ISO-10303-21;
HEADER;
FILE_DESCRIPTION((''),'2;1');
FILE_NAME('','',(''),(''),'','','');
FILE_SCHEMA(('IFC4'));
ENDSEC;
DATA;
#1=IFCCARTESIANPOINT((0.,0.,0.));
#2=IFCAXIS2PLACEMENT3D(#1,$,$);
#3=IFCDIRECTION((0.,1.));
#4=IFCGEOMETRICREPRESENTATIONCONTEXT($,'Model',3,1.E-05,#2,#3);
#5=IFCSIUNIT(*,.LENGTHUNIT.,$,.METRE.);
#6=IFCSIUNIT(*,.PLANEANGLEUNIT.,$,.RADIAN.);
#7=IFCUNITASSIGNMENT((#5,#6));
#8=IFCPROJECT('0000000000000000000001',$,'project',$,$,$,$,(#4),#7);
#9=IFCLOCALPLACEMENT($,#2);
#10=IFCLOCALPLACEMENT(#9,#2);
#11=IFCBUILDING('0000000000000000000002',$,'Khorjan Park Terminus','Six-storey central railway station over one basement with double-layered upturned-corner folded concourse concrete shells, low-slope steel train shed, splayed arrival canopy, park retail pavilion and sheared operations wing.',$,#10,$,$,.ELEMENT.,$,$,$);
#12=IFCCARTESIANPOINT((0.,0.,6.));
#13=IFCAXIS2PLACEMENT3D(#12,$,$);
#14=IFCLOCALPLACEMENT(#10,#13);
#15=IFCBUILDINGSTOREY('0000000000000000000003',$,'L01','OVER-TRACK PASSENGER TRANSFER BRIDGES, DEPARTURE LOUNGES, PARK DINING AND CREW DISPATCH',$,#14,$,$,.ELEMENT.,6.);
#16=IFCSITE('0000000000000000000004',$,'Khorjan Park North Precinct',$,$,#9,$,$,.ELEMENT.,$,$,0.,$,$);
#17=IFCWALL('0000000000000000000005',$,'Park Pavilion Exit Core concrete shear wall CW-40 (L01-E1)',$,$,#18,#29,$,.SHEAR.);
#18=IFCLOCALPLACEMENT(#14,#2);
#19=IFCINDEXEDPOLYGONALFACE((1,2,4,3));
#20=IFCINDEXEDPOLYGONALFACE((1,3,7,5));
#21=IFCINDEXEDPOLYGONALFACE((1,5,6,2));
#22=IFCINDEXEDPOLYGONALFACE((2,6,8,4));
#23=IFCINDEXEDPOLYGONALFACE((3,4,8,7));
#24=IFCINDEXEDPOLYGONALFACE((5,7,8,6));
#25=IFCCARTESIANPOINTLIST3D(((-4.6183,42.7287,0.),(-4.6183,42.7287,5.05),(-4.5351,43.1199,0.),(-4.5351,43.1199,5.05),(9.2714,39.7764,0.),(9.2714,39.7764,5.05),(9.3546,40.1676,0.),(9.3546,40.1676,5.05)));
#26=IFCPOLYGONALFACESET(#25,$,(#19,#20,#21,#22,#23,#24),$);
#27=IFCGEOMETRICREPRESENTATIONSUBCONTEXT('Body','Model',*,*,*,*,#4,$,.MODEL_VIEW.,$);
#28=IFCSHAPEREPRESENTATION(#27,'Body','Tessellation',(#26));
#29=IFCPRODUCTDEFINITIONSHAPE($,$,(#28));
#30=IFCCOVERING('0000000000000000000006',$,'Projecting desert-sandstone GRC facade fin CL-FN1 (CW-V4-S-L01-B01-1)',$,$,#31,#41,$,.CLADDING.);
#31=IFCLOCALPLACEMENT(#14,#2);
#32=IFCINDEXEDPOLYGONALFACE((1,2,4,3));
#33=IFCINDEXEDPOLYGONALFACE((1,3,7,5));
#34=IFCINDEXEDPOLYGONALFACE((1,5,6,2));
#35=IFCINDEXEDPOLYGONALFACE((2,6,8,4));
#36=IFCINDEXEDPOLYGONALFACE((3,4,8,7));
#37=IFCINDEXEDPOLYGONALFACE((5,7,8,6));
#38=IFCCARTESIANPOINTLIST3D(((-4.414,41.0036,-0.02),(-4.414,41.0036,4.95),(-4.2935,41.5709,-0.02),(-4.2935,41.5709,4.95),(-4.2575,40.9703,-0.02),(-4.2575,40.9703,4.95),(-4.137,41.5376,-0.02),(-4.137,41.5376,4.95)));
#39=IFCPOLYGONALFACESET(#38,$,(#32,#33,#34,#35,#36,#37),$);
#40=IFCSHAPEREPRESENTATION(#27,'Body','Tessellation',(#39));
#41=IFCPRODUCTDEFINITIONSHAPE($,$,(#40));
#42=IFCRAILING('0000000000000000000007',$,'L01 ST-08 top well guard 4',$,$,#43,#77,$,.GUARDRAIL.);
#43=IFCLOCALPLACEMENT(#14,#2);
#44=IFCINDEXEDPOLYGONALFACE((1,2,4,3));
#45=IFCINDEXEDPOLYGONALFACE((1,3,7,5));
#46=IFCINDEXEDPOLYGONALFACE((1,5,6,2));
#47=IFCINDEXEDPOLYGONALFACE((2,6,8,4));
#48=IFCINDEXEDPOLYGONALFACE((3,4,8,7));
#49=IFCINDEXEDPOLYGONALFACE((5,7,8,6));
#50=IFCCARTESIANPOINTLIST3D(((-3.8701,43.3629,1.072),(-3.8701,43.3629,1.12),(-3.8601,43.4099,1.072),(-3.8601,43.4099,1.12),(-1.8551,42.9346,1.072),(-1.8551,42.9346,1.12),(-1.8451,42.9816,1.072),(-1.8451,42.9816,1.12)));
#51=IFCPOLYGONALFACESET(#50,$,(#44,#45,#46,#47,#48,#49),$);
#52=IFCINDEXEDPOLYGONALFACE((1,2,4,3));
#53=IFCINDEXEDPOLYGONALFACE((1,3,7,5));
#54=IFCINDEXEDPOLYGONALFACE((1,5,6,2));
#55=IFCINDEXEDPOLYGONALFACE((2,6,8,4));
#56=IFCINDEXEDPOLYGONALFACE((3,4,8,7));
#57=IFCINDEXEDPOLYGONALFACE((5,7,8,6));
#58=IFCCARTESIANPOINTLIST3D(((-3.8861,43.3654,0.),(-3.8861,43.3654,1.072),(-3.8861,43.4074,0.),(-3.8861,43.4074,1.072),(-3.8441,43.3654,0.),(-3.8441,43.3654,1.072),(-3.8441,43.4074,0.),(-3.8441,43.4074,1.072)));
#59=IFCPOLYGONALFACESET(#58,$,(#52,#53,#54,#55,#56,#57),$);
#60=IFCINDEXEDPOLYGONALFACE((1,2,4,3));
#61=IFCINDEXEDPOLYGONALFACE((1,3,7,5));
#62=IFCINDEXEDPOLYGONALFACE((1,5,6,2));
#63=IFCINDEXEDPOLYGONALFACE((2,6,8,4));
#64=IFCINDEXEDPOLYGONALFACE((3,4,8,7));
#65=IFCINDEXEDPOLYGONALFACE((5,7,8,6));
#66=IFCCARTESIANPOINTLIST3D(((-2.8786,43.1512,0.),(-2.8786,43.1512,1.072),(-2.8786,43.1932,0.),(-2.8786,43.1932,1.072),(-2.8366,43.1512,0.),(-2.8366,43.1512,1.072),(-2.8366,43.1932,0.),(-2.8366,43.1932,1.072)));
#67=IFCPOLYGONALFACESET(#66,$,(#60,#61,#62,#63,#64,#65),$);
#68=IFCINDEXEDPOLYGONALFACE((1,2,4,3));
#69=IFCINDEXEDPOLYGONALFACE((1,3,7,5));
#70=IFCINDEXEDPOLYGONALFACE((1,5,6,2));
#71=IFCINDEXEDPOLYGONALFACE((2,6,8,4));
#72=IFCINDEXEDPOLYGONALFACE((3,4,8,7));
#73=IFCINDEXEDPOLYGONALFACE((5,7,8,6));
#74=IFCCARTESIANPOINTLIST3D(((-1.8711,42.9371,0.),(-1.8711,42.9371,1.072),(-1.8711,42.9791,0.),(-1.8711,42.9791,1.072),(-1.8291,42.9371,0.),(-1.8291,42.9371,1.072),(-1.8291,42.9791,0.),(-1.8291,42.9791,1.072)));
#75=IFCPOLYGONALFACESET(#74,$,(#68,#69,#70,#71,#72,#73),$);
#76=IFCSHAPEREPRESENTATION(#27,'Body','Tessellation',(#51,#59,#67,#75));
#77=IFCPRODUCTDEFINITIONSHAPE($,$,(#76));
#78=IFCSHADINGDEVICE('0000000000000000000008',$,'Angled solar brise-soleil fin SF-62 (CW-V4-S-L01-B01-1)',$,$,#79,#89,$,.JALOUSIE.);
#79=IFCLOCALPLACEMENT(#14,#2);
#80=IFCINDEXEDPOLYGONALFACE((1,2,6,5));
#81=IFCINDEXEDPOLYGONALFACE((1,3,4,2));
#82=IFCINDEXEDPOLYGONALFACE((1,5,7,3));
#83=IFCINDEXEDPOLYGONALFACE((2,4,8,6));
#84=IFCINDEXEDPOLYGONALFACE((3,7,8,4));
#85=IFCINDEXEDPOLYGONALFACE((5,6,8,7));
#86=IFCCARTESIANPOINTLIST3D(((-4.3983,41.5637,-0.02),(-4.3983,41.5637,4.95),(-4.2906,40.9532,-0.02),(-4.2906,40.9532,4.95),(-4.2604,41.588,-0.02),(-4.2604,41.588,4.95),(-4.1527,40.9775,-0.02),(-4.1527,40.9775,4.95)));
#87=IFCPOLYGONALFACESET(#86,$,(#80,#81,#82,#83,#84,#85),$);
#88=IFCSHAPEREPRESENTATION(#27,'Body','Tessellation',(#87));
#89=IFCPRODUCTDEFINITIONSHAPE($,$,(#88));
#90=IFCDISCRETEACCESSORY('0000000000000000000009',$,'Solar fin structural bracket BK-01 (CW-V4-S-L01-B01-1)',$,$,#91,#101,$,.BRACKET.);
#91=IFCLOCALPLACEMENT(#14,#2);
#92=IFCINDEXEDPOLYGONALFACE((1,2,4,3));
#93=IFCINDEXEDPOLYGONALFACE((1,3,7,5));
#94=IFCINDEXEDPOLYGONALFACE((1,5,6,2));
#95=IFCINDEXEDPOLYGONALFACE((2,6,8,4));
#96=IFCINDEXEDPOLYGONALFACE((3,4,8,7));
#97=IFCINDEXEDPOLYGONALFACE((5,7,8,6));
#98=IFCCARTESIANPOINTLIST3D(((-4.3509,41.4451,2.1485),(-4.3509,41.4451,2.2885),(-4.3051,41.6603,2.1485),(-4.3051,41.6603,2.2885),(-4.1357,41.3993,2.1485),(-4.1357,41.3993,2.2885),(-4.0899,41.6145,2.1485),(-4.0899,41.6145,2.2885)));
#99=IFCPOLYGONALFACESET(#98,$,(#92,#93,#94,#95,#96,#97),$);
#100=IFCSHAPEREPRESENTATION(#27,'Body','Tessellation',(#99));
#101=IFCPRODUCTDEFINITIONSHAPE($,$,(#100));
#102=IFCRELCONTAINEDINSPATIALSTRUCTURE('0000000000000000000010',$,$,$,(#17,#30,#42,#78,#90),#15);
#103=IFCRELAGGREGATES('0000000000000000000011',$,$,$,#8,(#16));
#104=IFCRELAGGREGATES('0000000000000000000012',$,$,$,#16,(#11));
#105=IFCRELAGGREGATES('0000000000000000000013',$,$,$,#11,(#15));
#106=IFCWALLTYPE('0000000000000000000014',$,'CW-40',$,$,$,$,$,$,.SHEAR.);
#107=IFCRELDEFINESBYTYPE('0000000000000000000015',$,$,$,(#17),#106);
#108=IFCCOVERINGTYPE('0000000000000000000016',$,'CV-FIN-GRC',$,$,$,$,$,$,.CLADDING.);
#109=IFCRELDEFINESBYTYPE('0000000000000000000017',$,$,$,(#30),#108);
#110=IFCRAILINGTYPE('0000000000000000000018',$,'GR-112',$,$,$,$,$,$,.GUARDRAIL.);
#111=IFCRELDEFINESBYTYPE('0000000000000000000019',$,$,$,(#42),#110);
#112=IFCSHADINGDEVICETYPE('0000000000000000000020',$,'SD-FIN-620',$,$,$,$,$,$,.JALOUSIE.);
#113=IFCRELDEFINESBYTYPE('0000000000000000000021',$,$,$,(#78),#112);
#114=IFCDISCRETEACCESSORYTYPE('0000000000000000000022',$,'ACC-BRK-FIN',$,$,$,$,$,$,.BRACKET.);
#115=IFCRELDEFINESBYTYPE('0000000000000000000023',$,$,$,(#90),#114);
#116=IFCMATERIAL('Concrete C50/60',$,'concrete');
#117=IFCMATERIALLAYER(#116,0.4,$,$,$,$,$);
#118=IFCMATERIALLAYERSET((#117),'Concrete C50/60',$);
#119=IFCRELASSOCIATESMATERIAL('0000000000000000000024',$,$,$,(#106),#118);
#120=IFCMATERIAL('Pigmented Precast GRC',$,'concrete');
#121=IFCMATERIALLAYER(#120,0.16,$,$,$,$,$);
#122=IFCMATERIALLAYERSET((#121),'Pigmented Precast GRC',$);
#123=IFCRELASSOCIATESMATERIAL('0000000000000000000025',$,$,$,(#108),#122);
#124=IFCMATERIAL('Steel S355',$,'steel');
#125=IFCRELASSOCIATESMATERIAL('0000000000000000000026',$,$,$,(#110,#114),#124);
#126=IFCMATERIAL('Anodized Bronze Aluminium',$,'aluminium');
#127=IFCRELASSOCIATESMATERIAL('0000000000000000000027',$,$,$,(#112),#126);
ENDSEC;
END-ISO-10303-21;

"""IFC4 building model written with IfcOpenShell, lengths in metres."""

from ifc_helpers import new_model, si_unit, direction, frame, frame_2d, origin, origin_2d, place, context, subcontext, project, spatial, rectangle, extrude, material, layer, layer_set, type_object, element, save


model = new_model("IFC4")

# Units and contexts
model_context = context("Model", 3, precision=1e-05, world=origin(), true_north=direction((0.0, 1.0)))
body_context = subcontext(model_context, "Body", "Model", "MODEL_VIEW")
ifc_project = project(units=[si_unit("LENGTHUNIT", "METRE"), si_unit("PLANEANGLEUNIT", "RADIAN")], contexts=[model_context])

# Site, building, storey
site_placement = place(None, origin())
site = spatial("IfcSite", under=ifc_project, at=site_placement, Name="Khorjan Park North Precinct", CompositionType="ELEMENT", RefElevation=0.0)
building_placement = place(site_placement, origin())
building = spatial("IfcBuilding", under=site, at=building_placement, Name="Khorjan Park Terminus", Description="Six-storey central railway station over one basement with double-layered upturned-corner folded concourse concrete shells, low-slope steel train shed, splayed arrival canopy, park retail pavilion and sheared operations wing.", CompositionType="ELEMENT")
storey_placement = place(building_placement, frame((0.0, 0.0, 6.0)))
storey = spatial("IfcBuildingStorey", under=building, at=storey_placement, Name="L01", Description="OVER-TRACK PASSENGER TRANSFER BRIDGES, DEPARTURE LOUNGES, PARK DINING AND CREW DISPATCH", CompositionType="ELEMENT", Elevation=6.0)

# Shared definitions
ifc_material_1 = material(Name="Steel S355", Category="steel")

# Shared definitions
ifc_material_2 = material(Name="Anodized Bronze Aluminium", Category="aluminium")

# Wall
ifc_material_3 = material(Name="Concrete C50/60", Category="concrete")
ifc_layer_1 = layer(ifc_material_3, 0.4)
ifc_layer_set_1 = layer_set([ifc_layer_1], Name="Concrete C50/60")
wall_type = type_object("IfcWallType", Name="CW-40", PredefinedType="SHEAR", material=ifc_layer_set_1)
wall_placement = place(storey_placement, frame((-4.5767, 42.9243, 0.0), z_axis=(0.0, 0.0, 1.0), x_axis=(0.978148, -0.207909, 0.0)))
element("IfcWall", 1, at=wall_placement, inside=storey, type_object=wall_type, Name="Park Pavilion Exit Core concrete shear wall CW-40 (L01-E1)", PredefinedType="SHEAR", context=body_context, shape_type="SweptSolid", body=[
    extrude(rectangle(XDim=14.2, YDim=0.4, at=frame_2d((7.1, 0.0))), origin(), (0.0, 0.0, 1.0), 5.05),
])

# Covering
ifc_material_4 = material(Name="Pigmented Precast GRC", Category="concrete")
ifc_layer_2 = layer(ifc_material_4, 0.16)
ifc_layer_set_2 = layer_set([ifc_layer_2], Name="Pigmented Precast GRC")
covering_type = type_object("IfcCoveringType", Name="CV-FIN-GRC", PredefinedType="CLADDING", material=ifc_layer_set_2)
covering_placement = place(storey_placement, frame((-4.2755, 41.2706, -0.02), z_axis=(0.0, 0.0, 1.0), x_axis=(0.207912, 0.978148, 0.0)))
element("IfcCovering", 2, at=covering_placement, inside=storey, type_object=covering_type, Name="Projecting desert-sandstone GRC facade fin CL-FN1 (CW-V4-S-L01-B01-1)", PredefinedType="CLADDING", context=body_context, shape_type="SweptSolid", body=[
    extrude(rectangle(XDim=0.58, YDim=0.16, at=origin_2d()), origin(), (0.0, 0.0, 1.0), 4.97),
])

# Railing
railing_type = type_object("IfcRailingType", Name="GR-112", PredefinedType="GUARDRAIL", material=ifc_material_1)
railing_placement = place(storey_placement, frame((-3.8651, 43.3864, 0.0)))
element("IfcRailing", 3, at=railing_placement, inside=storey, type_object=railing_type, Name="L01 ST-08 top well guard 4", PredefinedType="GUARDRAIL", context=body_context, shape_type="SweptSolid", body=[
    extrude(rectangle(XDim=0.048, YDim=0.048, at=origin_2d()), frame((0.0, 0.0, 1.096), z_axis=(0.978148, -0.207911, 0.0), x_axis=(0.207911, 0.978148, 0.0)), (0.0, 0.0, 1.0), 2.06),
    extrude(rectangle(XDim=0.042, YDim=0.042, at=origin_2d()), origin(), (0.0, 0.0, 1.0), 1.072),
    extrude(rectangle(XDim=0.042, YDim=0.042, at=origin_2d()), frame((1.0075, -0.2142, 0.0)), (0.0, 0.0, 1.0), 1.072),
    extrude(rectangle(XDim=0.042, YDim=0.042, at=origin_2d()), frame((2.015, -0.4283, 0.0)), (0.0, 0.0, 1.0), 1.072),
])

# Shading device
shading_device_type = type_object("IfcShadingDeviceType", Name="SD-FIN-620", PredefinedType="JALOUSIE", material=ifc_material_2)
shading_device_placement = place(storey_placement, frame((-4.2755, 41.2706, -0.02), z_axis=(0.0, 0.0, 1.0), x_axis=(-0.173648, 0.984808, 0.0)))
element("IfcShadingDevice", 4, at=shading_device_placement, inside=storey, type_object=shading_device_type, Name="Angled solar brise-soleil fin SF-62 (CW-V4-S-L01-B01-1)", PredefinedType="JALOUSIE", context=body_context, shape_type="SweptSolid", body=[
    extrude(rectangle(XDim=0.62, YDim=0.14, at=origin_2d()), origin(), (0.0, 0.0, 1.0), 4.97),
])

# Discrete accessory
discrete_accessory_type = type_object("IfcDiscreteAccessoryType", Name="ACC-BRK-FIN", PredefinedType="BRACKET", material=ifc_material_1)
discrete_accessory_placement = place(storey_placement, frame((-4.2204, 41.5298, 2.1485), z_axis=(0.0, 0.0, 1.0), x_axis=(0.978147, -0.207914, 0.0)))
element("IfcDiscreteAccessory", 5, at=discrete_accessory_placement, inside=storey, type_object=discrete_accessory_type, Name="Solar fin structural bracket BK-01 (CW-V4-S-L01-B01-1)", PredefinedType="BRACKET", context=body_context, shape_type="SweptSolid", body=[
    extrude(rectangle(XDim=0.22, YDim=0.22, at=origin_2d()), origin(), (0.0, 0.0, 1.0), 0.14),
])

save(model, "model.ifc")
